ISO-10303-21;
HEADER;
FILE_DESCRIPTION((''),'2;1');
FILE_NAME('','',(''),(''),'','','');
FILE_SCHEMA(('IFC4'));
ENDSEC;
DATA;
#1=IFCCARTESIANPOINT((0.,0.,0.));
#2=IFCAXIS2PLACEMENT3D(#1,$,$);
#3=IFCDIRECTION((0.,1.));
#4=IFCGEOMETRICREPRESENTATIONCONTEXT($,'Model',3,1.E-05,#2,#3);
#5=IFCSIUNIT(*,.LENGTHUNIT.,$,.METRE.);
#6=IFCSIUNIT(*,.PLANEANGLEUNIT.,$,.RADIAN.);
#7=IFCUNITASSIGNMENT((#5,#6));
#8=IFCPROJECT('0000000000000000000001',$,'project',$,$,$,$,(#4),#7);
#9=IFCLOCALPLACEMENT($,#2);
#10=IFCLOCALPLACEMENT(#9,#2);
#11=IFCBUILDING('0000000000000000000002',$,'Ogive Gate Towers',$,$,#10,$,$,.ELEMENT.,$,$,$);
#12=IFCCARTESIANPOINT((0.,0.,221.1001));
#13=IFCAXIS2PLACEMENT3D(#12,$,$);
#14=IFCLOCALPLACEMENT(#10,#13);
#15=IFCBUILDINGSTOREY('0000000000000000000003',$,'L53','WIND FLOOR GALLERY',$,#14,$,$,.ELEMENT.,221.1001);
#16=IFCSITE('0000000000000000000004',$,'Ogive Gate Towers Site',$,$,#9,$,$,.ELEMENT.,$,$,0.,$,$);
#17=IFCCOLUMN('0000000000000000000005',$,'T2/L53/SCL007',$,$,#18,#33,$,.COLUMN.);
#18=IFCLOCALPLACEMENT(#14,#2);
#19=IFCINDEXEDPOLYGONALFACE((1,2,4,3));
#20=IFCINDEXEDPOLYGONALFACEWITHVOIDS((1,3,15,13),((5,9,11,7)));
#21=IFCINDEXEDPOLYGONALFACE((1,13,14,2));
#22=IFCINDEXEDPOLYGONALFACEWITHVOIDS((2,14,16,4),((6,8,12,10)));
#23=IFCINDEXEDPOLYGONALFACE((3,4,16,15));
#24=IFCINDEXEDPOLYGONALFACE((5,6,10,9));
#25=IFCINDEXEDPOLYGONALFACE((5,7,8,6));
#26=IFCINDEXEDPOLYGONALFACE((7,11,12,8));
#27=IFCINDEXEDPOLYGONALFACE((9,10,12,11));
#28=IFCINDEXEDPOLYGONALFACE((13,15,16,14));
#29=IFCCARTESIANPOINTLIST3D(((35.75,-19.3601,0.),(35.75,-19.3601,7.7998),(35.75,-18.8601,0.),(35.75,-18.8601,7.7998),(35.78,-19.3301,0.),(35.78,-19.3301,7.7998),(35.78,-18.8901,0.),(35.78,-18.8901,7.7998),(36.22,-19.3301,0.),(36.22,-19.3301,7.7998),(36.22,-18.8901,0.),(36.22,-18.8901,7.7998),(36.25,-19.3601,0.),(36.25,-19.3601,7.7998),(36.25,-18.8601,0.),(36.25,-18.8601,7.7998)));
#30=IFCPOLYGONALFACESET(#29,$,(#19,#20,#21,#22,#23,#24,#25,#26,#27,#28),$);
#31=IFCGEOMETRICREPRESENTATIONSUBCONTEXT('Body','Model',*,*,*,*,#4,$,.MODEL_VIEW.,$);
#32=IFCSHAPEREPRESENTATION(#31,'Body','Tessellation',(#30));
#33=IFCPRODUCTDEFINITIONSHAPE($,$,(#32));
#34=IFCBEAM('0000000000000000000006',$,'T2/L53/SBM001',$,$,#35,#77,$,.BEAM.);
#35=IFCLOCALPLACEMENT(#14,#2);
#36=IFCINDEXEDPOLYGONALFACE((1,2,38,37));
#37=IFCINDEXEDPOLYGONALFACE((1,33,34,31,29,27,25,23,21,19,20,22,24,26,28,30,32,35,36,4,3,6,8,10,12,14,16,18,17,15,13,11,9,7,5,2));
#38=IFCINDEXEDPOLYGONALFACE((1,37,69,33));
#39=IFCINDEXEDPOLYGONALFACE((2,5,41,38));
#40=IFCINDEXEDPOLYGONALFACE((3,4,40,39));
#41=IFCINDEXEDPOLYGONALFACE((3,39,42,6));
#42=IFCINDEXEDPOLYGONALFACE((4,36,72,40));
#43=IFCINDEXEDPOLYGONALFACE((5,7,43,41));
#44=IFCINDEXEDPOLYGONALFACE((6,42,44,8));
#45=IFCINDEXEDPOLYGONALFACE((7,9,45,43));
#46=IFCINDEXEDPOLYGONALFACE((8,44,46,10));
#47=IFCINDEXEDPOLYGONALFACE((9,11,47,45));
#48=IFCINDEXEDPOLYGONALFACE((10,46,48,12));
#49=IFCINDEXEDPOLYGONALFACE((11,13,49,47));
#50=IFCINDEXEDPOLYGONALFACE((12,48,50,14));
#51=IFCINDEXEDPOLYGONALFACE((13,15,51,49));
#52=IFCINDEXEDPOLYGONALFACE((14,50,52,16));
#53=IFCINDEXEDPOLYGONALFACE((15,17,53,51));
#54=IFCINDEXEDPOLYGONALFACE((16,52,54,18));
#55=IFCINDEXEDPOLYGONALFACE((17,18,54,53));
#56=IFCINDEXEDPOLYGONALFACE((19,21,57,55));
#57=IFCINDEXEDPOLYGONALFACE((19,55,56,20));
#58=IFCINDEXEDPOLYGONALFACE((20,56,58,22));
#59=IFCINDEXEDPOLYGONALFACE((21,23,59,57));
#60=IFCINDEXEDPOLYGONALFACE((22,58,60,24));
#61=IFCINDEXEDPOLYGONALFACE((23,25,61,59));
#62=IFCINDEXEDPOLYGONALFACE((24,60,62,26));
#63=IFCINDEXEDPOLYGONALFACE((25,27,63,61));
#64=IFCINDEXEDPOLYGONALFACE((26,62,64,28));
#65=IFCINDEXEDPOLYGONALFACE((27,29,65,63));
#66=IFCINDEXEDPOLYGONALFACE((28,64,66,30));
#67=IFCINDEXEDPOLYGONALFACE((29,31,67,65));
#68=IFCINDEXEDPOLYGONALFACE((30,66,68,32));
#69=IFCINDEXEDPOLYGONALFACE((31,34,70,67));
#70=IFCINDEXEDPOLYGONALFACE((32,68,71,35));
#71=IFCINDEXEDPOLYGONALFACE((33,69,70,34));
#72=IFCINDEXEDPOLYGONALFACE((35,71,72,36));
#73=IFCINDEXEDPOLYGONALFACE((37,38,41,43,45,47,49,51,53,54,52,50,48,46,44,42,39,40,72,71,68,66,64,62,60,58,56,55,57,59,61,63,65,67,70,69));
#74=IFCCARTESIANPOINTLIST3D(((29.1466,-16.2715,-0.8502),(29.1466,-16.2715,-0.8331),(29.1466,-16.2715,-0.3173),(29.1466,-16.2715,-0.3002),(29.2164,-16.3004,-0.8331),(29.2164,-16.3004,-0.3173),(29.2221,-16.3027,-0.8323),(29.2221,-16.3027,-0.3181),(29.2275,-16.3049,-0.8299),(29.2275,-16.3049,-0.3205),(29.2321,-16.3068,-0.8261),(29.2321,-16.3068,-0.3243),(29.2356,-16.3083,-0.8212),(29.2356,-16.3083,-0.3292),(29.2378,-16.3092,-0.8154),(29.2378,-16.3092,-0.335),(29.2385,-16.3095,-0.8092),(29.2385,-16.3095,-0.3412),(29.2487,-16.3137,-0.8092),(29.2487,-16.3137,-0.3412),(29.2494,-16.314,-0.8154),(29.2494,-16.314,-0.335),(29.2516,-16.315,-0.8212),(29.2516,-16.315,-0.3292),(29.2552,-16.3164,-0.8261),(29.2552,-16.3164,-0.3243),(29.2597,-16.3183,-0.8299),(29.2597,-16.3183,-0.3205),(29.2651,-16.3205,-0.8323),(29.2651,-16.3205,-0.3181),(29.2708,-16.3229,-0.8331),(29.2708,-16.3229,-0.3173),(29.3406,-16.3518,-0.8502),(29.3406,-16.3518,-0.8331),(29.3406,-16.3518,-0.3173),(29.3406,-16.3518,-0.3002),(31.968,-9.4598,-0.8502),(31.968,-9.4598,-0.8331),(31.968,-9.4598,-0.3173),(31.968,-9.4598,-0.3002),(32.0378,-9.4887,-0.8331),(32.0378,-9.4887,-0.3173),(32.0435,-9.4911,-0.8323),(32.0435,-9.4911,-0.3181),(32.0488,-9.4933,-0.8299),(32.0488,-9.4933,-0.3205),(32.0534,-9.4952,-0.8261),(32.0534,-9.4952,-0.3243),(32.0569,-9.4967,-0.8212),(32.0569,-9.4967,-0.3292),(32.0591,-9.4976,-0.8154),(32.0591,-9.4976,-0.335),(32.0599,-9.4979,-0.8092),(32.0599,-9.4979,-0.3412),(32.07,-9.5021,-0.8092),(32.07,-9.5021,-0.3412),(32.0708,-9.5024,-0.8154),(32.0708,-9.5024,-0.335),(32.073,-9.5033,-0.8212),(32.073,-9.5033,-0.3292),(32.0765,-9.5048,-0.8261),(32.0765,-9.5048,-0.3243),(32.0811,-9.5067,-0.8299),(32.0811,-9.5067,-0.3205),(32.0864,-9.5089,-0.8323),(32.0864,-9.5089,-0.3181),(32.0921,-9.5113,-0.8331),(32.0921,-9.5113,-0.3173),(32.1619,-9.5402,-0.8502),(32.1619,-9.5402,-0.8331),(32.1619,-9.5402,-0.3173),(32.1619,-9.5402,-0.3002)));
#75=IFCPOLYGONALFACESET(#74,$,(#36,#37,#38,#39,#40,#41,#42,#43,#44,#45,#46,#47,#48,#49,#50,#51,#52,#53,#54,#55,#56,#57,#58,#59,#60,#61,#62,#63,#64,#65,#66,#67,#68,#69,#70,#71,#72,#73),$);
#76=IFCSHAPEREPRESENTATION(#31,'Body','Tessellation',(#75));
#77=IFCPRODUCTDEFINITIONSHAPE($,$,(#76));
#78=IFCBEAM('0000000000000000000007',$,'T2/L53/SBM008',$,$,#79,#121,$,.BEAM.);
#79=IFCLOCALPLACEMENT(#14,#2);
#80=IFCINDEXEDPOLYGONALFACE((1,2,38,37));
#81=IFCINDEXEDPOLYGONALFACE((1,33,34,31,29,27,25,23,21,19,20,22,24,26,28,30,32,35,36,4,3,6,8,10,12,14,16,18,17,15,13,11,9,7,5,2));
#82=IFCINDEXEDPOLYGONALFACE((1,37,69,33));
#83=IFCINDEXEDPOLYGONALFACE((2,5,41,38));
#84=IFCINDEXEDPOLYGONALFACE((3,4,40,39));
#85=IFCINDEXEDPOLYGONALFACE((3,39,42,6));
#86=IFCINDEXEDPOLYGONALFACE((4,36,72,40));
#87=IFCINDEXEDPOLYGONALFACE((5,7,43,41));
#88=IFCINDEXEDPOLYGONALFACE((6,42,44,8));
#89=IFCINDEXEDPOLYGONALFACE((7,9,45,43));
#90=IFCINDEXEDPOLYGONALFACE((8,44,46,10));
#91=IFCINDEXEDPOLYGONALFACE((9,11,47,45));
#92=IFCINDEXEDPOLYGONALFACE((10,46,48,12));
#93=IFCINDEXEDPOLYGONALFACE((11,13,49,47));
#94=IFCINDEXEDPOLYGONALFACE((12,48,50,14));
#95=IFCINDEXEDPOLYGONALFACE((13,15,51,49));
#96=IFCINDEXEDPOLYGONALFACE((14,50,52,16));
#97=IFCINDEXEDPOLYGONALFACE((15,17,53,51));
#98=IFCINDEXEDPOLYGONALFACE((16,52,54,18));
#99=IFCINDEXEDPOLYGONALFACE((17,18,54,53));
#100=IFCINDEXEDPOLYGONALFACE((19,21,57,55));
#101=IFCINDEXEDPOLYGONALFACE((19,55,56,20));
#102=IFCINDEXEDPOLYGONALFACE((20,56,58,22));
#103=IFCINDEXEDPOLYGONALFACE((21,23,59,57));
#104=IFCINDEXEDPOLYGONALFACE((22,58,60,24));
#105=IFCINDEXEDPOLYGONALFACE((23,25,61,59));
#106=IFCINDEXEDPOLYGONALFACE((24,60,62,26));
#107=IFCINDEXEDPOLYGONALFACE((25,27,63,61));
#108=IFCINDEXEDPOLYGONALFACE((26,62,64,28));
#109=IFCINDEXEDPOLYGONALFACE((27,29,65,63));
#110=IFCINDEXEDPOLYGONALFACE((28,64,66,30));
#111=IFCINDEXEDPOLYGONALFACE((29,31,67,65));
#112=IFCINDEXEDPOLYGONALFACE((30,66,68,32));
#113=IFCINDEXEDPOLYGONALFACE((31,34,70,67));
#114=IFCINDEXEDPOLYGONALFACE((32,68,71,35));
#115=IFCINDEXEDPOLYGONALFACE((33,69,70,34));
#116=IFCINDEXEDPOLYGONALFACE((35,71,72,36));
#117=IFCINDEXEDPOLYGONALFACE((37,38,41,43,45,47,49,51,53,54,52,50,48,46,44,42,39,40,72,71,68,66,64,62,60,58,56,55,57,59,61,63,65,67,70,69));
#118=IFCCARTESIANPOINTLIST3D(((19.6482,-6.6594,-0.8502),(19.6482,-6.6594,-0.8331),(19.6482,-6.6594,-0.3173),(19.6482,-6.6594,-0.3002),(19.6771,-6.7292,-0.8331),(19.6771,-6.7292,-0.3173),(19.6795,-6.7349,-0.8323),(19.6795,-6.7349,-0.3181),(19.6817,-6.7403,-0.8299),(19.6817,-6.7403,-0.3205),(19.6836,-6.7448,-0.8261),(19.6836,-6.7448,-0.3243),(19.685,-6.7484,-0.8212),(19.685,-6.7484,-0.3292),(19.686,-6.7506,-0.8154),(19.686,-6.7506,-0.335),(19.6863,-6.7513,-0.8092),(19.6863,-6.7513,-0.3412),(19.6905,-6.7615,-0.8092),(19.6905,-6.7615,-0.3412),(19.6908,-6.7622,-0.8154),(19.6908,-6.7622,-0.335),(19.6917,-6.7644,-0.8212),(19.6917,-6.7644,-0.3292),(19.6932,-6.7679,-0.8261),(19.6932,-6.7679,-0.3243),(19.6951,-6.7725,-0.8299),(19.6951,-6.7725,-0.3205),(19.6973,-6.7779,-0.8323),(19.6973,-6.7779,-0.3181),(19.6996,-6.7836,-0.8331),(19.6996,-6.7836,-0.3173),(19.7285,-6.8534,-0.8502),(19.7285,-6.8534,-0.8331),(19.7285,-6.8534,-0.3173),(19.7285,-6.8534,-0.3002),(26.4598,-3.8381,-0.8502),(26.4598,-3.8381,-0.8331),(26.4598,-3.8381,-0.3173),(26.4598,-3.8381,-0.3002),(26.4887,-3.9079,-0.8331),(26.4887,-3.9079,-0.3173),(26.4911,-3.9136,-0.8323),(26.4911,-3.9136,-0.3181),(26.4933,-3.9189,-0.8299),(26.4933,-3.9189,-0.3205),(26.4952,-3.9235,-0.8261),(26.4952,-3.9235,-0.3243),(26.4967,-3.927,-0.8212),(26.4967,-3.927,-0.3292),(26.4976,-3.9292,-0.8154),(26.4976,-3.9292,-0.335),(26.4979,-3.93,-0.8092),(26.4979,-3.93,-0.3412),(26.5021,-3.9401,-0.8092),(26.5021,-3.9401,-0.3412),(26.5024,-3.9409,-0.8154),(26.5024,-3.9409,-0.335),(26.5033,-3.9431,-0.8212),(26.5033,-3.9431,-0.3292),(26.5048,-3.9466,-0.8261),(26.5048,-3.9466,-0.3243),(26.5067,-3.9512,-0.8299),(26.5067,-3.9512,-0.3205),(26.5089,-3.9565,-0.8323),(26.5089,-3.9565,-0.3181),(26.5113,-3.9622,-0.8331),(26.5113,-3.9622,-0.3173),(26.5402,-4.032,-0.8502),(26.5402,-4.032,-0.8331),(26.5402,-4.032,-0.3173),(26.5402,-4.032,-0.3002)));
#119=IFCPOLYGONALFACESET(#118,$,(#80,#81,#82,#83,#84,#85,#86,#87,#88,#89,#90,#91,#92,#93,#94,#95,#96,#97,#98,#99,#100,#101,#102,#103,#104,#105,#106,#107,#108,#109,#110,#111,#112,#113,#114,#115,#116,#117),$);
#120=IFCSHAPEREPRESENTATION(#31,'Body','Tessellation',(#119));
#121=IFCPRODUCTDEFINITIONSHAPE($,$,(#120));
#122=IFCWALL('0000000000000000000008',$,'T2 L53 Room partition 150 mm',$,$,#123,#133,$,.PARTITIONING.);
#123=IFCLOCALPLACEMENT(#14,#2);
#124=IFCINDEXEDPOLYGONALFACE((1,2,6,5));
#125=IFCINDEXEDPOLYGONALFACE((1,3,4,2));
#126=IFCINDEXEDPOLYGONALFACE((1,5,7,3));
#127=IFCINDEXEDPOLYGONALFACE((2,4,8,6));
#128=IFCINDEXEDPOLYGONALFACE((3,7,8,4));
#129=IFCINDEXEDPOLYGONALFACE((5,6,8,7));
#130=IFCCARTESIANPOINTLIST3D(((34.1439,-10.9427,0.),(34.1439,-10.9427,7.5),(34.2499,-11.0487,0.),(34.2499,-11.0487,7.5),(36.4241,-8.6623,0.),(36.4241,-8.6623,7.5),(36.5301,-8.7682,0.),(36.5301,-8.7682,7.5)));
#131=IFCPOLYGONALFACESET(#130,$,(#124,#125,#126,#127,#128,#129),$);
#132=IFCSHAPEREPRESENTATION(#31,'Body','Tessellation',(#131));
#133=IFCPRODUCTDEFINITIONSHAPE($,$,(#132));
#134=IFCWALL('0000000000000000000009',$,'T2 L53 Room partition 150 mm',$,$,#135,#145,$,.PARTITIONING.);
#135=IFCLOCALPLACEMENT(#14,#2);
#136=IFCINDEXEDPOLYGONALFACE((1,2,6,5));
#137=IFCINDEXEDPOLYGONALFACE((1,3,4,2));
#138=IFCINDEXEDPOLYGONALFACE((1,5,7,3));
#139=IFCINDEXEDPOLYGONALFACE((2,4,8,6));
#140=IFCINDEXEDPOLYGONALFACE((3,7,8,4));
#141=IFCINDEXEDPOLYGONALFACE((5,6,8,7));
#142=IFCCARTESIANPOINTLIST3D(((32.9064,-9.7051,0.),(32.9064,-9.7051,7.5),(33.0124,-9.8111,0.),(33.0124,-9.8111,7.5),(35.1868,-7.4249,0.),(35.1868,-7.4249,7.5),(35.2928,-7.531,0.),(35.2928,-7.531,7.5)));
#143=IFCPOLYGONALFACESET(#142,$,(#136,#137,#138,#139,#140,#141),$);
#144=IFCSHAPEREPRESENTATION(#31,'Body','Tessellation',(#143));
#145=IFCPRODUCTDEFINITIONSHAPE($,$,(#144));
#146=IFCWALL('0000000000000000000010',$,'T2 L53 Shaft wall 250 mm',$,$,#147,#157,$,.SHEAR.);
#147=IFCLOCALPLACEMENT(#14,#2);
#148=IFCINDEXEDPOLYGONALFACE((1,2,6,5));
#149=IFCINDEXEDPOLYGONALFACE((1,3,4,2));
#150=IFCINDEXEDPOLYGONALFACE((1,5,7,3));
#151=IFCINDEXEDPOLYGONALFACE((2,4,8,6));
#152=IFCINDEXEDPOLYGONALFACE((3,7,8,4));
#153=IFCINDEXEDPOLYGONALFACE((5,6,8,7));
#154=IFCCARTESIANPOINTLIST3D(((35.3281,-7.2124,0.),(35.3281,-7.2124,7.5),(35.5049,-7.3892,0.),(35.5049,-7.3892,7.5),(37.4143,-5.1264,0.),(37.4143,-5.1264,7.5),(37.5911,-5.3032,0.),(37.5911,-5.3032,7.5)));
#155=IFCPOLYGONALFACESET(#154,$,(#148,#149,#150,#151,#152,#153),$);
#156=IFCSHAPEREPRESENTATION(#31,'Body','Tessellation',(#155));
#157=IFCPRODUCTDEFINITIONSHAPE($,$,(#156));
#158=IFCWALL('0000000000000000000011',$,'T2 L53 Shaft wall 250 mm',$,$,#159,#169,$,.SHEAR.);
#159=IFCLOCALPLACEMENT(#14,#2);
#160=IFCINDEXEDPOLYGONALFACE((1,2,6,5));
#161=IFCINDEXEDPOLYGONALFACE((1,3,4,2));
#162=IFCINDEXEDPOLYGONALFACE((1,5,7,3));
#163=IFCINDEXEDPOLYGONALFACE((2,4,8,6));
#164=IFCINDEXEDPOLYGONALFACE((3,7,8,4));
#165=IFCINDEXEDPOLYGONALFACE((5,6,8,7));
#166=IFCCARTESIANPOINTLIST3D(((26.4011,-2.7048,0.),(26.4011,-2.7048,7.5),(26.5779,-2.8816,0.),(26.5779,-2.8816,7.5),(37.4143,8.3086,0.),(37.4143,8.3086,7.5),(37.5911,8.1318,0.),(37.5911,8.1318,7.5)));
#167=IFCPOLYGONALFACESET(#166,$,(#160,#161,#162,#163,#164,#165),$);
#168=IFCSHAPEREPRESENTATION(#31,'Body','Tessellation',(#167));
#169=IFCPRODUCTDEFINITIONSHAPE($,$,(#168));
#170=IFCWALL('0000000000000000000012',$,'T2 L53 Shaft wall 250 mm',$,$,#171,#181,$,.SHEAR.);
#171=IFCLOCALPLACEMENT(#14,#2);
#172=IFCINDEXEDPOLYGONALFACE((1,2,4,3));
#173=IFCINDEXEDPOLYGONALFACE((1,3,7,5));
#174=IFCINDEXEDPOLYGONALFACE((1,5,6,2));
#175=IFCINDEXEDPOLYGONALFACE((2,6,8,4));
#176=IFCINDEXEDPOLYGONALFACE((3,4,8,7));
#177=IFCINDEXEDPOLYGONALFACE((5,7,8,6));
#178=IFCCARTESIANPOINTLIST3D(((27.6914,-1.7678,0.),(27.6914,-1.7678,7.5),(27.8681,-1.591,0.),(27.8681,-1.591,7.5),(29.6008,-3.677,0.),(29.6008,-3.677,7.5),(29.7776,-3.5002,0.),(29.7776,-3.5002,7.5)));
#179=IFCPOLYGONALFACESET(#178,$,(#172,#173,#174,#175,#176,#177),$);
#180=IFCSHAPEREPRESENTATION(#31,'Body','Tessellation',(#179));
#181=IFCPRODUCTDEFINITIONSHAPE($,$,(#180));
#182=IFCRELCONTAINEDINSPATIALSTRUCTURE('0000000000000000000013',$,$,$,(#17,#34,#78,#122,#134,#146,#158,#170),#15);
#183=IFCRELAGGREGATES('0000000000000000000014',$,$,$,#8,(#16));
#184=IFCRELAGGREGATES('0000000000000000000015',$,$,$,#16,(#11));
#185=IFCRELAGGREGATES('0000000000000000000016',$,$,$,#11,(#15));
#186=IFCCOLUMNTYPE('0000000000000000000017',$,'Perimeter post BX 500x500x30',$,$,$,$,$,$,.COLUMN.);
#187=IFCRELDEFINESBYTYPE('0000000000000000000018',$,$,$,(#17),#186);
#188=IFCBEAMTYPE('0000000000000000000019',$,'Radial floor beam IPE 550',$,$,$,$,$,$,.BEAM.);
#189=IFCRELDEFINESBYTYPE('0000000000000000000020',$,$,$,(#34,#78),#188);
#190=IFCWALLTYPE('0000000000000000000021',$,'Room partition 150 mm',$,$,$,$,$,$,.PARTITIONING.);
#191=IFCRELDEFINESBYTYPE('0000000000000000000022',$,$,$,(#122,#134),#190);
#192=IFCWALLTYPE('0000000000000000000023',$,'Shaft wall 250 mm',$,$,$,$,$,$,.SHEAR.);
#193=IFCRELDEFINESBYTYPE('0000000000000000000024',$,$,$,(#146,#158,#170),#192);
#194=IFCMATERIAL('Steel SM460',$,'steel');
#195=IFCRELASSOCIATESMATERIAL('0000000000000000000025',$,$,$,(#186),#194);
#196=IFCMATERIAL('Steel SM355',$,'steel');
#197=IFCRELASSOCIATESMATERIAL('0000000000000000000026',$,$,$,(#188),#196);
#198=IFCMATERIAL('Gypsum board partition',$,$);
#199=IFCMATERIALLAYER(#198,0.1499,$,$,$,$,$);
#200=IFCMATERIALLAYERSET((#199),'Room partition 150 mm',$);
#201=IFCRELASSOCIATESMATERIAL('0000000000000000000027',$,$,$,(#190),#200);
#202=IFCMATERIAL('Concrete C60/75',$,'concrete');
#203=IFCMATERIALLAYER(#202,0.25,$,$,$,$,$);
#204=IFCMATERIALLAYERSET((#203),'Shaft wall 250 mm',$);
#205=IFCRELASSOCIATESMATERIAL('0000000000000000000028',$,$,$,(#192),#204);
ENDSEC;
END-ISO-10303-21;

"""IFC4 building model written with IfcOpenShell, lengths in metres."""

from ifc_helpers import new_model, si_unit, direction, frame, frame_2d, origin, origin_2d, place, context, subcontext, project, spatial, rectangle, hollow_rectangle, i_section, extrude, material, layer, layer_set, material_profile, profile_set, type_object, element, save


model = new_model("IFC4")

# Units and contexts
model_context = context("Model", 3, precision=1e-05, world=origin(), true_north=direction((0.0, 1.0)))
body_context = subcontext(model_context, "Body", "Model", "MODEL_VIEW")
ifc_project = project(units=[si_unit("LENGTHUNIT", "METRE"), si_unit("PLANEANGLEUNIT", "RADIAN")], contexts=[model_context])

# Site, building, storey
site_placement = place(None, origin())
site = spatial("IfcSite", under=ifc_project, at=site_placement, Name="Ogive Gate Towers Site", CompositionType="ELEMENT", RefElevation=0.0)
building_placement = place(site_placement, origin())
building = spatial("IfcBuilding", under=site, at=building_placement, Name="Ogive Gate Towers", CompositionType="ELEMENT")
storey_placement = place(building_placement, frame((0.0, 0.0, 221.1001)))
storey = spatial("IfcBuildingStorey", under=building, at=storey_placement, Name="L53", Description="WIND FLOOR GALLERY", CompositionType="ELEMENT", Elevation=221.1001)

# Column
ifc_material_1 = material(Name="Steel SM460", Category="steel")
ifc_material_profile_1 = material_profile(ifc_material_1, hollow_rectangle(XDim=0.5, YDim=0.5, WallThickness=0.03, at=origin_2d()), Name="BX 500x500x30")
ifc_profile_set_1 = profile_set([ifc_material_profile_1], Name="Steel SM460")
column_type = type_object("IfcColumnType", Name="Perimeter post BX 500x500x30", PredefinedType="COLUMN", material=ifc_profile_set_1)
column_placement = place(storey_placement, frame((36.0, -19.1101, 0.0), z_axis=(0.0, 0.0, 1.0), x_axis=(1.0, 0.0, 0.0)))
element("IfcColumn", 1, at=column_placement, inside=storey, type_object=column_type, Name="T2/L53/SCL007", PredefinedType="COLUMN", context=body_context, shape_type="SweptSolid", body=[
    extrude(hollow_rectangle(XDim=0.5, YDim=0.5, WallThickness=0.03, at=origin_2d()), origin(), (0.0, 0.0, 1.0), 7.7998),
])

# Beams
ifc_material_2 = material(Name="Steel SM355", Category="steel")
ifc_material_profile_2 = material_profile(ifc_material_2, i_section(OverallWidth=0.21, OverallDepth=0.55, WebThickness=0.011, FlangeThickness=0.0171, FilletRadius=0.0239, at=origin_2d()), Name="IPE 550")
ifc_profile_set_2 = profile_set([ifc_material_profile_2], Name="Steel SM355")
beam_type = type_object("IfcBeamType", Name="Radial floor beam IPE 550", PredefinedType="BEAM", material=ifc_profile_set_2)
for number, where, z_axis, x_axis, name in (
    (2, (32.0649, -9.5, -0.5752), (-0.382668, -0.923886, 0.0), (0.923886, -0.382668, 0.0), "T2/L53/SBM001"),
    (3, (26.5, -3.9351, -0.5752), (-0.923886, -0.382668, 0.0), (0.382668, -0.923886, 0.0), "T2/L53/SBM008"),
):
    element("IfcBeam", number, at=place(storey_placement, frame(where, z_axis=z_axis, x_axis=x_axis)), inside=storey, type_object=beam_type, Name=name, PredefinedType="BEAM", context=body_context, shape_type="SweptSolid", body=[
        extrude(i_section(OverallWidth=0.21, OverallDepth=0.55, WebThickness=0.011, FlangeThickness=0.0171, FilletRadius=0.0239, at=origin_2d()), origin(), (0.0, 0.0, 1.0), 7.3728),
    ])

# Walls
ifc_material_3 = material(Name="Gypsum board partition")
ifc_layer_1 = layer(ifc_material_3, 0.1499)
ifc_layer_set_1 = layer_set([ifc_layer_1], Name="Room partition 150 mm")
wall_type_1 = type_object("IfcWallType", Name="Room partition 150 mm", PredefinedType="PARTITIONING", material=ifc_layer_set_1)
for number, where, z_axis, x_axis, name in (
    (4, (34.197, -10.9956, 0.0), (0.0, 0.0, 1.0), (0.707069, 0.707145, 0.0), "T2 L53 Room partition 150 mm"),
    (5, (32.9595, -9.7581, 0.0), (0.0, 0.0, 1.0), (0.707145, 0.707069, 0.0), "T2 L53 Room partition 150 mm"),
):
    element("IfcWall", number, at=place(storey_placement, frame(where, z_axis=z_axis, x_axis=x_axis)), inside=storey, type_object=wall_type_1, Name=name, PredefinedType="PARTITIONING", context=body_context, shape_type="SweptSolid", body=[
        extrude(rectangle(XDim=3.2249, YDim=0.1499, at=frame_2d((1.6123, 0.0))), origin(), (0.0, 0.0, 1.0), 7.5),
    ])
ifc_material_4 = material(Name="Concrete C60/75", Category="concrete")
ifc_layer_2 = layer(ifc_material_4, 0.25)
ifc_layer_set_2 = layer_set([ifc_layer_2], Name="Shaft wall 250 mm")
wall_type_2 = type_object("IfcWallType", Name="Shaft wall 250 mm", PredefinedType="SHEAR", material=ifc_layer_set_2)
wall_1_placement = place(storey_placement, frame((35.4165, -7.3008, 0.0), z_axis=(0.0, 0.0, 1.0), x_axis=(0.707148, 0.707065, 0.0)))
element("IfcWall", 6, at=wall_1_placement, inside=storey, type_object=wall_type_2, Name="T2 L53 Shaft wall 250 mm", PredefinedType="SHEAR", context=body_context, shape_type="SweptSolid", body=[
    extrude(rectangle(XDim=2.9502, YDim=0.25, at=frame_2d((1.4751, 0.0))), origin(), (0.0, 0.0, 1.0), 7.5),
])
wall_2_placement = place(storey_placement, frame((26.4895, -2.7932, 0.0), z_axis=(0.0, 0.0, 1.0), x_axis=(0.707099, 0.707115, 0.0)))
element("IfcWall", 7, at=wall_2_placement, inside=storey, type_object=wall_type_2, Name="T2 L53 Shaft wall 250 mm", PredefinedType="SHEAR", context=body_context, shape_type="SweptSolid", body=[
    extrude(rectangle(XDim=15.5752, YDim=0.25, at=frame_2d((7.7876, 0.0))), origin(), (0.0, 0.0, 1.0), 7.5),
])
wall_3_placement = place(storey_placement, frame((29.6892, -3.5886, 0.0), z_axis=(0.0, 0.0, 1.0), x_axis=(-0.707152, 0.707062, 0.0)))
element("IfcWall", 8, at=wall_3_placement, inside=storey, type_object=wall_type_2, Name="T2 L53 Shaft wall 250 mm", PredefinedType="SHEAR", context=body_context, shape_type="SweptSolid", body=[
    extrude(rectangle(XDim=2.7002, YDim=0.25, at=frame_2d((1.3501, 0.0))), origin(), (0.0, 0.0, 1.0), 7.5),
])

save(model, "model.ifc")
